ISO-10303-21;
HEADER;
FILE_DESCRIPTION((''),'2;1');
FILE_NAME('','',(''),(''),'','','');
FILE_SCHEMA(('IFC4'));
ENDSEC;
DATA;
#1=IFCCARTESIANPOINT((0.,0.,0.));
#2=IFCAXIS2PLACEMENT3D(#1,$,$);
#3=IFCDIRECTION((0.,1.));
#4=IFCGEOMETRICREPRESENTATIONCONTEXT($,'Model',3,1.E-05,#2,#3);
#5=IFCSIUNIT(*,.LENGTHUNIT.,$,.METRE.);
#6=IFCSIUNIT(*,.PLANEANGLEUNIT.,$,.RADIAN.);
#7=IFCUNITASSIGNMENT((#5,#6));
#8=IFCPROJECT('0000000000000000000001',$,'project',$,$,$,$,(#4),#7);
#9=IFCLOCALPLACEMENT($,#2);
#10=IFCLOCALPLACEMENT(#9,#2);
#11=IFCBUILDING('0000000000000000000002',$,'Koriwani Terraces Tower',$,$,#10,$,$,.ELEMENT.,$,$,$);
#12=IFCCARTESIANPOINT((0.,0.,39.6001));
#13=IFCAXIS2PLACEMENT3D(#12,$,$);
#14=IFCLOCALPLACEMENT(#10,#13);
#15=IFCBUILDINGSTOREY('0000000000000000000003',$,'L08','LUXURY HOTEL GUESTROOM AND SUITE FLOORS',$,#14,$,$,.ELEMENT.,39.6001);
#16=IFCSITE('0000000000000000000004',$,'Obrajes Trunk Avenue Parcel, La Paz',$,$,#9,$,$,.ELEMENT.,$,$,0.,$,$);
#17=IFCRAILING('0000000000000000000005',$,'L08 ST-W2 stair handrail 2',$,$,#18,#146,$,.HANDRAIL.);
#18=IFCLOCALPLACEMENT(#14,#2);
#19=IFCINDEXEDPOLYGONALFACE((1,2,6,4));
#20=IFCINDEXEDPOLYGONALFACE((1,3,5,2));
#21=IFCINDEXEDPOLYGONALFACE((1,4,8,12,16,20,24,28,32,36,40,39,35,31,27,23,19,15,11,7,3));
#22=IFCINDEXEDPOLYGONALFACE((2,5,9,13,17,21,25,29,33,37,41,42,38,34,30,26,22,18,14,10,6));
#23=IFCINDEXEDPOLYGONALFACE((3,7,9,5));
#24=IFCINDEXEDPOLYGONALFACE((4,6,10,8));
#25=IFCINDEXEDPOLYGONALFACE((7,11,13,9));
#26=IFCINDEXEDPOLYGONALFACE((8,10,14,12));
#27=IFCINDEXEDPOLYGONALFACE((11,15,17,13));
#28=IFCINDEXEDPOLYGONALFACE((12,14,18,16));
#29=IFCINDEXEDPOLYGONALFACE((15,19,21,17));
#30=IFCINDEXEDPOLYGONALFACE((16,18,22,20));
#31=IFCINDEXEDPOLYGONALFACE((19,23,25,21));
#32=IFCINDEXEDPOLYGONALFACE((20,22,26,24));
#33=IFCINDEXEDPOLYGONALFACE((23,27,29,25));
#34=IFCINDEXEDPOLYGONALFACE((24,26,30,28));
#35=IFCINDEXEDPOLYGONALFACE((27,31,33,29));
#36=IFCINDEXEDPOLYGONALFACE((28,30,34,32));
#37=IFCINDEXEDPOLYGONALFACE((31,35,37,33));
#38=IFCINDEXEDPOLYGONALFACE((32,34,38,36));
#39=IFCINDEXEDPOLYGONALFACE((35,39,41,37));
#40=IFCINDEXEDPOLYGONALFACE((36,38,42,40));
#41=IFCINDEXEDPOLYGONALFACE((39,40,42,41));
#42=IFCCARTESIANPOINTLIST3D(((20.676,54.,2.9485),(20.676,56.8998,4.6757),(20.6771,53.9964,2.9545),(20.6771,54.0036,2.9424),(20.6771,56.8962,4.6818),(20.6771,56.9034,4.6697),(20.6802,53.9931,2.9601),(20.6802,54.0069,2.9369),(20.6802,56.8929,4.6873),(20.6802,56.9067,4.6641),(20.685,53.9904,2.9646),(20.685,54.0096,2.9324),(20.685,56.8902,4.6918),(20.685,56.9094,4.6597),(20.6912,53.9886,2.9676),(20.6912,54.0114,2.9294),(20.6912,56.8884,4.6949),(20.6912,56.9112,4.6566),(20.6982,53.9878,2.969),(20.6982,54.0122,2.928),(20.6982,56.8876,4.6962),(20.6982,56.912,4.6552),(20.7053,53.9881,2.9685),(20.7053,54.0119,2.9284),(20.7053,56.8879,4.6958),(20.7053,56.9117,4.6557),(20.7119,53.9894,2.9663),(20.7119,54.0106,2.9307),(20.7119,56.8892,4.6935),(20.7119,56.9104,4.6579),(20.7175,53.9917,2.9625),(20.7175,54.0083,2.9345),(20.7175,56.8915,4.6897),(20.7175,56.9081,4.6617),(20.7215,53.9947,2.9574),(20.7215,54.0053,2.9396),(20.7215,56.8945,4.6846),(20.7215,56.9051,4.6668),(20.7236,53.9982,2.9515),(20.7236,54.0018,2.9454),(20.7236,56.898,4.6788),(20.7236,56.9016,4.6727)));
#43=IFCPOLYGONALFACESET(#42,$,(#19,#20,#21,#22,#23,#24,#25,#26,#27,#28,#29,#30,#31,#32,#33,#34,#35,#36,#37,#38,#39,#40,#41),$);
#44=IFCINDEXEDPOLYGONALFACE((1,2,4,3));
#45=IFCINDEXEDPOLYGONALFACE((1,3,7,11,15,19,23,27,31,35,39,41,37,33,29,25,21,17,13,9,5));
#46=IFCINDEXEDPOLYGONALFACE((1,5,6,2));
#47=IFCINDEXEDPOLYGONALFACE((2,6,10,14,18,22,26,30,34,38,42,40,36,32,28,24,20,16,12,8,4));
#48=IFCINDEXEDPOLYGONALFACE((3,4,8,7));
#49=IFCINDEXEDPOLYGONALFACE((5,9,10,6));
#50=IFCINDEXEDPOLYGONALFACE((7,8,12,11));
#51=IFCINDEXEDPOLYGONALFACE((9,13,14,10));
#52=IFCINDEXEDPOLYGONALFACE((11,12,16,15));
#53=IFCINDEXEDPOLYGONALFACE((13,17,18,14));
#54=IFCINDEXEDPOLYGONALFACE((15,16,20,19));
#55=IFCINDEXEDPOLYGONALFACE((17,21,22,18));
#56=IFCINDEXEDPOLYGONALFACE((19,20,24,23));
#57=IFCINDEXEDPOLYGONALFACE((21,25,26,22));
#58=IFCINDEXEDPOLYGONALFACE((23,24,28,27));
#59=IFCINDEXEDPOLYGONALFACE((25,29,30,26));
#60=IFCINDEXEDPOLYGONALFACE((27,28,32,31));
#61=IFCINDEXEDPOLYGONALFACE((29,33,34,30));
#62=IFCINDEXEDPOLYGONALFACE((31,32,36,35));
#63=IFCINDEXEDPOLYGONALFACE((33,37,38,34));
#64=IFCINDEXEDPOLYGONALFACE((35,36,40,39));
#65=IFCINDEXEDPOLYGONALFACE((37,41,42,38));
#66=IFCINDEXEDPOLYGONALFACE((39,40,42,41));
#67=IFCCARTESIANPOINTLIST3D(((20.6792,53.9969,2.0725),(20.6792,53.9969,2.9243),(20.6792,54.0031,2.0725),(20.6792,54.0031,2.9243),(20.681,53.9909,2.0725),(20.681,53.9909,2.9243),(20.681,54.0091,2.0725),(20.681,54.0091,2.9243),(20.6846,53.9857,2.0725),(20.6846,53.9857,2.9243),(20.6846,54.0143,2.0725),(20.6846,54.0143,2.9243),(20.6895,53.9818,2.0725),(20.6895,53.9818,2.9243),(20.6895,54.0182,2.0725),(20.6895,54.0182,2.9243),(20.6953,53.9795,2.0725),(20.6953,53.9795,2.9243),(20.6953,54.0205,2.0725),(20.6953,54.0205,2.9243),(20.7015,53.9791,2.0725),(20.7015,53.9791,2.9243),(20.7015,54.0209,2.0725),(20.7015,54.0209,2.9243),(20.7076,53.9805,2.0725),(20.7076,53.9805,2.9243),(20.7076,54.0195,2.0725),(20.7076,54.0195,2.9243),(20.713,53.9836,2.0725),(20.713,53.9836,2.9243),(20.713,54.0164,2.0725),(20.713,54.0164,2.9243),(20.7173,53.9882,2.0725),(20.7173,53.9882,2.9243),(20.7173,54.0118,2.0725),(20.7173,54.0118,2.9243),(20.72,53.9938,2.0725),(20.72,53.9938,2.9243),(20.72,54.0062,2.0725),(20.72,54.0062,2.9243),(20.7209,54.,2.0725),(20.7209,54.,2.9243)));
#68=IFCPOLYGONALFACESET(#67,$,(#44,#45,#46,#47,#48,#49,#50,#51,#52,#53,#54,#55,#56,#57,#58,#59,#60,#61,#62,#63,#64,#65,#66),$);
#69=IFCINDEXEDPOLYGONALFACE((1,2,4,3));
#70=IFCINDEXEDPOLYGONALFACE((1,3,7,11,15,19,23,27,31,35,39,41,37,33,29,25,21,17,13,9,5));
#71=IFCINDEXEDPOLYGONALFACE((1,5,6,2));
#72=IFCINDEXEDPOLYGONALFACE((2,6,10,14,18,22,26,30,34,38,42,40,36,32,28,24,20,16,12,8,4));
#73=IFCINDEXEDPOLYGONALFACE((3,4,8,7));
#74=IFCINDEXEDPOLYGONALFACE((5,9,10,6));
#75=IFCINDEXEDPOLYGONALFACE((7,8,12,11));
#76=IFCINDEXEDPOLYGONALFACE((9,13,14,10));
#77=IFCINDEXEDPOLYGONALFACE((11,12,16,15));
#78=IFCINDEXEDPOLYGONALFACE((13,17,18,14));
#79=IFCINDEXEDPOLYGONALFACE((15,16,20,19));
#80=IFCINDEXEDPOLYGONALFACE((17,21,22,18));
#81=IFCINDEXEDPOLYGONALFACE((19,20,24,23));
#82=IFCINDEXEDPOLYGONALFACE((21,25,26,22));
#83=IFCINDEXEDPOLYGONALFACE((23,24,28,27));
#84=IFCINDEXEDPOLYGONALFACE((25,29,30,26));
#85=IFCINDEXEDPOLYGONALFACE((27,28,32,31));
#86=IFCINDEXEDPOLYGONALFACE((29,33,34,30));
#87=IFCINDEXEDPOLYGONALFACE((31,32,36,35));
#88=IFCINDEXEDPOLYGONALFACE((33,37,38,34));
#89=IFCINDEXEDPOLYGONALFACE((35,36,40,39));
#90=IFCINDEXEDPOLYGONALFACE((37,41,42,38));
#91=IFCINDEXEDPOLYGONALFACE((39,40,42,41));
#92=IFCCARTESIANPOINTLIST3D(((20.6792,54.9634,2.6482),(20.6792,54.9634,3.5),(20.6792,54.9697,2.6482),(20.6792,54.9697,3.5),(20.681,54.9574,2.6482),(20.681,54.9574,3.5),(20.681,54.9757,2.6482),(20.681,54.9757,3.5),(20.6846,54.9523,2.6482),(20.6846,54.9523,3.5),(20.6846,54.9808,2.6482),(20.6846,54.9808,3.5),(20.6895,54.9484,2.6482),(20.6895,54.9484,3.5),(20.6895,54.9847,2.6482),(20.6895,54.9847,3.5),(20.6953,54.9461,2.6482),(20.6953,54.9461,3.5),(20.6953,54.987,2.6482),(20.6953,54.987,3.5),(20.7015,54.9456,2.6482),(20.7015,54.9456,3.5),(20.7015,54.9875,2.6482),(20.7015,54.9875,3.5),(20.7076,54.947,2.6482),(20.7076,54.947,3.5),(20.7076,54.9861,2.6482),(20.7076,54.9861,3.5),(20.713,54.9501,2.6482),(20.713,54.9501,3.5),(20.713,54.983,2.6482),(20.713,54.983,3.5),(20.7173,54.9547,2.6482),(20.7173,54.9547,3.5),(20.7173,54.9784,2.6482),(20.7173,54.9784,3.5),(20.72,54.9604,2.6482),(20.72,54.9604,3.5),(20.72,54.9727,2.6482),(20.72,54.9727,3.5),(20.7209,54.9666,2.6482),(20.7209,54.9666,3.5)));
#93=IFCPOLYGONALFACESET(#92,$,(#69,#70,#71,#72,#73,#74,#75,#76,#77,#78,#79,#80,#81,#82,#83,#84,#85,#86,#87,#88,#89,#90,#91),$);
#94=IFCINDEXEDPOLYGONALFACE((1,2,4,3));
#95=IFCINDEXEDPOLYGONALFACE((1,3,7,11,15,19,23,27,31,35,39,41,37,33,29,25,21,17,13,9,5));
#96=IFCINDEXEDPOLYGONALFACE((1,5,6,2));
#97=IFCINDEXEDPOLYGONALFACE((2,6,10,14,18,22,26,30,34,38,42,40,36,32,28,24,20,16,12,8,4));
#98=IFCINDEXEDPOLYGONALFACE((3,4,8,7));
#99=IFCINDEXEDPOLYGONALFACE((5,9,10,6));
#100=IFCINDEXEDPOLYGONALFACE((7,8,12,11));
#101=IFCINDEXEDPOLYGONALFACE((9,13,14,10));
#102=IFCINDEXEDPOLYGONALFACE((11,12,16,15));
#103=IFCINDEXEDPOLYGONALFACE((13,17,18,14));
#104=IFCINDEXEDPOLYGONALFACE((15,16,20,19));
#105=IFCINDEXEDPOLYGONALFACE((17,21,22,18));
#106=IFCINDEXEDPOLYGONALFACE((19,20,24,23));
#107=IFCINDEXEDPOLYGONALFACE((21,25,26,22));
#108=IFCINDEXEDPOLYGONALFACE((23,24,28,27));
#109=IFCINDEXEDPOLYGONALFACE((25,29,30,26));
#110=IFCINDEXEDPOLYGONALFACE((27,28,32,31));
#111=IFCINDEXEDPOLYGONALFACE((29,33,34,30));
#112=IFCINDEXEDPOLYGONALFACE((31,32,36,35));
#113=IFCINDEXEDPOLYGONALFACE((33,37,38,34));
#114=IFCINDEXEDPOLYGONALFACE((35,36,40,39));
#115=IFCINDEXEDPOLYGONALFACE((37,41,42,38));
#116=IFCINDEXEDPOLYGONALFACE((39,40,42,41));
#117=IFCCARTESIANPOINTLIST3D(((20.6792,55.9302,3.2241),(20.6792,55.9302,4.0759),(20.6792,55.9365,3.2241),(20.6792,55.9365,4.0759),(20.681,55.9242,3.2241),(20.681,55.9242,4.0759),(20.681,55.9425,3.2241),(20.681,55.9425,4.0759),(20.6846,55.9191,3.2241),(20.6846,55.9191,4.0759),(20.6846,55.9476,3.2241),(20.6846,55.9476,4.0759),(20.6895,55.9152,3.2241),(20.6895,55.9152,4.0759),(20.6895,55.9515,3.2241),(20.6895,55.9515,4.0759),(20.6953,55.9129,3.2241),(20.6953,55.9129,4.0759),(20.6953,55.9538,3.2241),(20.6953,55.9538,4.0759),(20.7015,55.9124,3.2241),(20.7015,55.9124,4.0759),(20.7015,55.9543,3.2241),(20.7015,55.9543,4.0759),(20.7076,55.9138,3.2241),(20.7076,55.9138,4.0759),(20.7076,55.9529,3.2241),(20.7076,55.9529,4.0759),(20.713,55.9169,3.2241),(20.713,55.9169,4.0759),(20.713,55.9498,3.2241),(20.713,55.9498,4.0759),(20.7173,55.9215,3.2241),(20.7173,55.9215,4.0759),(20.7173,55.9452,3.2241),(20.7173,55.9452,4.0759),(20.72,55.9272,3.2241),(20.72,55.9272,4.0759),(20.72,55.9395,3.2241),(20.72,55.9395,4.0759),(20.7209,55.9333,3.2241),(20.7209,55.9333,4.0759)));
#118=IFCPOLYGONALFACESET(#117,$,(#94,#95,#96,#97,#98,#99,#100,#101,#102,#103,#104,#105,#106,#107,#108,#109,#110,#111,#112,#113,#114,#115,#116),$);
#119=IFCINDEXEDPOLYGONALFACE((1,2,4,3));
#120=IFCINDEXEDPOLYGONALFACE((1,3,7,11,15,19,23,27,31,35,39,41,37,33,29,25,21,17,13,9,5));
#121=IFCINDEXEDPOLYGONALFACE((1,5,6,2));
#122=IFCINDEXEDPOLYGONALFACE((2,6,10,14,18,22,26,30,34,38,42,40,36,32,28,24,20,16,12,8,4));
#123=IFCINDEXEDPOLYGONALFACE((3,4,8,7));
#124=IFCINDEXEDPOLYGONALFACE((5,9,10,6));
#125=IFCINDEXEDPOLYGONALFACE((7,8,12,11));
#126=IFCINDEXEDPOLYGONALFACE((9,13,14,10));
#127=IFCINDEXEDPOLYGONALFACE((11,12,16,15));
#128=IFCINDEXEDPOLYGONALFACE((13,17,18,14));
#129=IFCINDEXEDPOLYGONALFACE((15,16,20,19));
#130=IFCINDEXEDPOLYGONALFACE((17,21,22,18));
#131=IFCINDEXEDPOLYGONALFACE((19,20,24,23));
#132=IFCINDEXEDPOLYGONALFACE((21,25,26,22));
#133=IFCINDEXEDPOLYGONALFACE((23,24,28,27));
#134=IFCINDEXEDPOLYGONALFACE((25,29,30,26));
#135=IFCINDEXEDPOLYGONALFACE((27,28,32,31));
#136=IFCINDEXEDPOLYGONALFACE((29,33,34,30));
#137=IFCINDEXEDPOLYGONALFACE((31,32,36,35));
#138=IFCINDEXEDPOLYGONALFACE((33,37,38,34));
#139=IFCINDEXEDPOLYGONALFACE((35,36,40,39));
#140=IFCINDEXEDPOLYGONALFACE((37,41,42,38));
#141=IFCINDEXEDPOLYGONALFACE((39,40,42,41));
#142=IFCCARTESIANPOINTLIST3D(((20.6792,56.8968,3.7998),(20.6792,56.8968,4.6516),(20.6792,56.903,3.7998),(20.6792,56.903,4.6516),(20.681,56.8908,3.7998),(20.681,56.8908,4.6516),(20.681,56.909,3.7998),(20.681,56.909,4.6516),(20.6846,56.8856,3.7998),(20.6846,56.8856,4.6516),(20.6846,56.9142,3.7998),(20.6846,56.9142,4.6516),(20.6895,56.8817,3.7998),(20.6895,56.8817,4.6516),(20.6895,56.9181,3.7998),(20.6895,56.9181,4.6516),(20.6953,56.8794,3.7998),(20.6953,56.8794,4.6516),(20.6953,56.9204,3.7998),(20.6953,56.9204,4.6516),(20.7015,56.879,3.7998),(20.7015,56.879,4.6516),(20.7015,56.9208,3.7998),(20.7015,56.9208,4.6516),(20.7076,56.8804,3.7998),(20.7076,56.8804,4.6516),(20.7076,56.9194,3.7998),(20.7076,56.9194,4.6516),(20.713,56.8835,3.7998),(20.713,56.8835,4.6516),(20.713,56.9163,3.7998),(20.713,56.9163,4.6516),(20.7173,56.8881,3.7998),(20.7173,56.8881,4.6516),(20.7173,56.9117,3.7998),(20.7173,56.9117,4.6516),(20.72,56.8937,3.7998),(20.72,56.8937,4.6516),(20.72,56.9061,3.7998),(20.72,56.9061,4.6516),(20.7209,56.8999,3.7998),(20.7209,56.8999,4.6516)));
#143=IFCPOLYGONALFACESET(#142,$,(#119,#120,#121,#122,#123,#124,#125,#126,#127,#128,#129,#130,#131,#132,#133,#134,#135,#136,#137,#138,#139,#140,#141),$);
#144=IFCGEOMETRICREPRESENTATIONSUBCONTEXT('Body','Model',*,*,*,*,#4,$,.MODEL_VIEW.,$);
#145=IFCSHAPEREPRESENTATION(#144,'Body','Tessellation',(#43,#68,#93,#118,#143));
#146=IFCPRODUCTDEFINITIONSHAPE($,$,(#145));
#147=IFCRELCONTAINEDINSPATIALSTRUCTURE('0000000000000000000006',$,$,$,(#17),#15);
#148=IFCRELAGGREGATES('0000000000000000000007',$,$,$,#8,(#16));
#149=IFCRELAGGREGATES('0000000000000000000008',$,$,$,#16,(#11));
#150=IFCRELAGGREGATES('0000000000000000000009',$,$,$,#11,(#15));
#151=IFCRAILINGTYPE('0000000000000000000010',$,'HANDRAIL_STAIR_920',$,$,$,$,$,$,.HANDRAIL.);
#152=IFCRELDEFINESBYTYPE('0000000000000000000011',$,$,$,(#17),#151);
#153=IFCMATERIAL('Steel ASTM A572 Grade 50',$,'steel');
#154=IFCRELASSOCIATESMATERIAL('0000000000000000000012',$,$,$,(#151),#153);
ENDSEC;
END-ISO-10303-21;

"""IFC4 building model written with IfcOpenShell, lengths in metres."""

from ifc_helpers import new_model, si_unit, direction, frame, origin, origin_2d, place, context, subcontext, project, spatial, circle, extrude, material, type_object, element, save


model = new_model("IFC4")

# Units and contexts
model_context = context("Model", 3, precision=1e-05, world=origin(), true_north=direction((0.0, 1.0)))
body_context = subcontext(model_context, "Body", "Model", "MODEL_VIEW")
ifc_project = project(units=[si_unit("LENGTHUNIT", "METRE"), si_unit("PLANEANGLEUNIT", "RADIAN")], contexts=[model_context])

# Site, building, storey
site_placement = place(None, origin())
site = spatial("IfcSite", under=ifc_project, at=site_placement, Name="Obrajes Trunk Avenue Parcel, La Paz", CompositionType="ELEMENT", RefElevation=0.0)
building_placement = place(site_placement, origin())
building = spatial("IfcBuilding", under=site, at=building_placement, Name="Koriwani Terraces Tower", CompositionType="ELEMENT")
storey_placement = place(building_placement, frame((0.0, 0.0, 39.6001)))
storey = spatial("IfcBuildingStorey", under=building, at=storey_placement, Name="L08", Description="LUXURY HOTEL GUESTROOM AND SUITE FLOORS", CompositionType="ELEMENT", Elevation=39.6001)

# Shared definitions
ifc_material_1 = material(Name="Steel ASTM A572 Grade 50", Category="steel")

# Railing
railing_type_1 = type_object("IfcRailingType", Name="HANDRAIL_STAIR_920", PredefinedType="HANDRAIL", material=ifc_material_1)
railing_1_placement = place(storey_placement, frame((20.7, 54.0, 2.0725)))
element("IfcRailing", 1, at=railing_1_placement, inside=storey, type_object=railing_type_1, Name="L08 ST-W2 stair handrail 2", PredefinedType="HANDRAIL", context=body_context, shape_type="SweptSolid", body=[
    extrude(circle(Radius=0.0239, at=origin_2d()), frame((0.0, 0.0, 0.876), z_axis=(0.0, 0.859141, 0.511738), x_axis=(-1.0, 0.0, 0.0)), (0.0, 0.0, 1.0), 3.3752),
    extrude(circle(Radius=0.021, at=origin_2d()), origin(), (0.0, 0.0, 1.0), 0.8518),
    extrude(circle(Radius=0.021, at=origin_2d()), frame((0.0, 0.9666, 0.5757)), (0.0, 0.0, 1.0), 0.8518),
    extrude(circle(Radius=0.021, at=origin_2d()), frame((0.0, 1.9333, 1.1516)), (0.0, 0.0, 1.0), 0.8518),
    extrude(circle(Radius=0.021, at=origin_2d()), frame((0.0, 2.8999, 1.7273)), (0.0, 0.0, 1.0), 0.8518),
])

save(model, "model.ifc")
